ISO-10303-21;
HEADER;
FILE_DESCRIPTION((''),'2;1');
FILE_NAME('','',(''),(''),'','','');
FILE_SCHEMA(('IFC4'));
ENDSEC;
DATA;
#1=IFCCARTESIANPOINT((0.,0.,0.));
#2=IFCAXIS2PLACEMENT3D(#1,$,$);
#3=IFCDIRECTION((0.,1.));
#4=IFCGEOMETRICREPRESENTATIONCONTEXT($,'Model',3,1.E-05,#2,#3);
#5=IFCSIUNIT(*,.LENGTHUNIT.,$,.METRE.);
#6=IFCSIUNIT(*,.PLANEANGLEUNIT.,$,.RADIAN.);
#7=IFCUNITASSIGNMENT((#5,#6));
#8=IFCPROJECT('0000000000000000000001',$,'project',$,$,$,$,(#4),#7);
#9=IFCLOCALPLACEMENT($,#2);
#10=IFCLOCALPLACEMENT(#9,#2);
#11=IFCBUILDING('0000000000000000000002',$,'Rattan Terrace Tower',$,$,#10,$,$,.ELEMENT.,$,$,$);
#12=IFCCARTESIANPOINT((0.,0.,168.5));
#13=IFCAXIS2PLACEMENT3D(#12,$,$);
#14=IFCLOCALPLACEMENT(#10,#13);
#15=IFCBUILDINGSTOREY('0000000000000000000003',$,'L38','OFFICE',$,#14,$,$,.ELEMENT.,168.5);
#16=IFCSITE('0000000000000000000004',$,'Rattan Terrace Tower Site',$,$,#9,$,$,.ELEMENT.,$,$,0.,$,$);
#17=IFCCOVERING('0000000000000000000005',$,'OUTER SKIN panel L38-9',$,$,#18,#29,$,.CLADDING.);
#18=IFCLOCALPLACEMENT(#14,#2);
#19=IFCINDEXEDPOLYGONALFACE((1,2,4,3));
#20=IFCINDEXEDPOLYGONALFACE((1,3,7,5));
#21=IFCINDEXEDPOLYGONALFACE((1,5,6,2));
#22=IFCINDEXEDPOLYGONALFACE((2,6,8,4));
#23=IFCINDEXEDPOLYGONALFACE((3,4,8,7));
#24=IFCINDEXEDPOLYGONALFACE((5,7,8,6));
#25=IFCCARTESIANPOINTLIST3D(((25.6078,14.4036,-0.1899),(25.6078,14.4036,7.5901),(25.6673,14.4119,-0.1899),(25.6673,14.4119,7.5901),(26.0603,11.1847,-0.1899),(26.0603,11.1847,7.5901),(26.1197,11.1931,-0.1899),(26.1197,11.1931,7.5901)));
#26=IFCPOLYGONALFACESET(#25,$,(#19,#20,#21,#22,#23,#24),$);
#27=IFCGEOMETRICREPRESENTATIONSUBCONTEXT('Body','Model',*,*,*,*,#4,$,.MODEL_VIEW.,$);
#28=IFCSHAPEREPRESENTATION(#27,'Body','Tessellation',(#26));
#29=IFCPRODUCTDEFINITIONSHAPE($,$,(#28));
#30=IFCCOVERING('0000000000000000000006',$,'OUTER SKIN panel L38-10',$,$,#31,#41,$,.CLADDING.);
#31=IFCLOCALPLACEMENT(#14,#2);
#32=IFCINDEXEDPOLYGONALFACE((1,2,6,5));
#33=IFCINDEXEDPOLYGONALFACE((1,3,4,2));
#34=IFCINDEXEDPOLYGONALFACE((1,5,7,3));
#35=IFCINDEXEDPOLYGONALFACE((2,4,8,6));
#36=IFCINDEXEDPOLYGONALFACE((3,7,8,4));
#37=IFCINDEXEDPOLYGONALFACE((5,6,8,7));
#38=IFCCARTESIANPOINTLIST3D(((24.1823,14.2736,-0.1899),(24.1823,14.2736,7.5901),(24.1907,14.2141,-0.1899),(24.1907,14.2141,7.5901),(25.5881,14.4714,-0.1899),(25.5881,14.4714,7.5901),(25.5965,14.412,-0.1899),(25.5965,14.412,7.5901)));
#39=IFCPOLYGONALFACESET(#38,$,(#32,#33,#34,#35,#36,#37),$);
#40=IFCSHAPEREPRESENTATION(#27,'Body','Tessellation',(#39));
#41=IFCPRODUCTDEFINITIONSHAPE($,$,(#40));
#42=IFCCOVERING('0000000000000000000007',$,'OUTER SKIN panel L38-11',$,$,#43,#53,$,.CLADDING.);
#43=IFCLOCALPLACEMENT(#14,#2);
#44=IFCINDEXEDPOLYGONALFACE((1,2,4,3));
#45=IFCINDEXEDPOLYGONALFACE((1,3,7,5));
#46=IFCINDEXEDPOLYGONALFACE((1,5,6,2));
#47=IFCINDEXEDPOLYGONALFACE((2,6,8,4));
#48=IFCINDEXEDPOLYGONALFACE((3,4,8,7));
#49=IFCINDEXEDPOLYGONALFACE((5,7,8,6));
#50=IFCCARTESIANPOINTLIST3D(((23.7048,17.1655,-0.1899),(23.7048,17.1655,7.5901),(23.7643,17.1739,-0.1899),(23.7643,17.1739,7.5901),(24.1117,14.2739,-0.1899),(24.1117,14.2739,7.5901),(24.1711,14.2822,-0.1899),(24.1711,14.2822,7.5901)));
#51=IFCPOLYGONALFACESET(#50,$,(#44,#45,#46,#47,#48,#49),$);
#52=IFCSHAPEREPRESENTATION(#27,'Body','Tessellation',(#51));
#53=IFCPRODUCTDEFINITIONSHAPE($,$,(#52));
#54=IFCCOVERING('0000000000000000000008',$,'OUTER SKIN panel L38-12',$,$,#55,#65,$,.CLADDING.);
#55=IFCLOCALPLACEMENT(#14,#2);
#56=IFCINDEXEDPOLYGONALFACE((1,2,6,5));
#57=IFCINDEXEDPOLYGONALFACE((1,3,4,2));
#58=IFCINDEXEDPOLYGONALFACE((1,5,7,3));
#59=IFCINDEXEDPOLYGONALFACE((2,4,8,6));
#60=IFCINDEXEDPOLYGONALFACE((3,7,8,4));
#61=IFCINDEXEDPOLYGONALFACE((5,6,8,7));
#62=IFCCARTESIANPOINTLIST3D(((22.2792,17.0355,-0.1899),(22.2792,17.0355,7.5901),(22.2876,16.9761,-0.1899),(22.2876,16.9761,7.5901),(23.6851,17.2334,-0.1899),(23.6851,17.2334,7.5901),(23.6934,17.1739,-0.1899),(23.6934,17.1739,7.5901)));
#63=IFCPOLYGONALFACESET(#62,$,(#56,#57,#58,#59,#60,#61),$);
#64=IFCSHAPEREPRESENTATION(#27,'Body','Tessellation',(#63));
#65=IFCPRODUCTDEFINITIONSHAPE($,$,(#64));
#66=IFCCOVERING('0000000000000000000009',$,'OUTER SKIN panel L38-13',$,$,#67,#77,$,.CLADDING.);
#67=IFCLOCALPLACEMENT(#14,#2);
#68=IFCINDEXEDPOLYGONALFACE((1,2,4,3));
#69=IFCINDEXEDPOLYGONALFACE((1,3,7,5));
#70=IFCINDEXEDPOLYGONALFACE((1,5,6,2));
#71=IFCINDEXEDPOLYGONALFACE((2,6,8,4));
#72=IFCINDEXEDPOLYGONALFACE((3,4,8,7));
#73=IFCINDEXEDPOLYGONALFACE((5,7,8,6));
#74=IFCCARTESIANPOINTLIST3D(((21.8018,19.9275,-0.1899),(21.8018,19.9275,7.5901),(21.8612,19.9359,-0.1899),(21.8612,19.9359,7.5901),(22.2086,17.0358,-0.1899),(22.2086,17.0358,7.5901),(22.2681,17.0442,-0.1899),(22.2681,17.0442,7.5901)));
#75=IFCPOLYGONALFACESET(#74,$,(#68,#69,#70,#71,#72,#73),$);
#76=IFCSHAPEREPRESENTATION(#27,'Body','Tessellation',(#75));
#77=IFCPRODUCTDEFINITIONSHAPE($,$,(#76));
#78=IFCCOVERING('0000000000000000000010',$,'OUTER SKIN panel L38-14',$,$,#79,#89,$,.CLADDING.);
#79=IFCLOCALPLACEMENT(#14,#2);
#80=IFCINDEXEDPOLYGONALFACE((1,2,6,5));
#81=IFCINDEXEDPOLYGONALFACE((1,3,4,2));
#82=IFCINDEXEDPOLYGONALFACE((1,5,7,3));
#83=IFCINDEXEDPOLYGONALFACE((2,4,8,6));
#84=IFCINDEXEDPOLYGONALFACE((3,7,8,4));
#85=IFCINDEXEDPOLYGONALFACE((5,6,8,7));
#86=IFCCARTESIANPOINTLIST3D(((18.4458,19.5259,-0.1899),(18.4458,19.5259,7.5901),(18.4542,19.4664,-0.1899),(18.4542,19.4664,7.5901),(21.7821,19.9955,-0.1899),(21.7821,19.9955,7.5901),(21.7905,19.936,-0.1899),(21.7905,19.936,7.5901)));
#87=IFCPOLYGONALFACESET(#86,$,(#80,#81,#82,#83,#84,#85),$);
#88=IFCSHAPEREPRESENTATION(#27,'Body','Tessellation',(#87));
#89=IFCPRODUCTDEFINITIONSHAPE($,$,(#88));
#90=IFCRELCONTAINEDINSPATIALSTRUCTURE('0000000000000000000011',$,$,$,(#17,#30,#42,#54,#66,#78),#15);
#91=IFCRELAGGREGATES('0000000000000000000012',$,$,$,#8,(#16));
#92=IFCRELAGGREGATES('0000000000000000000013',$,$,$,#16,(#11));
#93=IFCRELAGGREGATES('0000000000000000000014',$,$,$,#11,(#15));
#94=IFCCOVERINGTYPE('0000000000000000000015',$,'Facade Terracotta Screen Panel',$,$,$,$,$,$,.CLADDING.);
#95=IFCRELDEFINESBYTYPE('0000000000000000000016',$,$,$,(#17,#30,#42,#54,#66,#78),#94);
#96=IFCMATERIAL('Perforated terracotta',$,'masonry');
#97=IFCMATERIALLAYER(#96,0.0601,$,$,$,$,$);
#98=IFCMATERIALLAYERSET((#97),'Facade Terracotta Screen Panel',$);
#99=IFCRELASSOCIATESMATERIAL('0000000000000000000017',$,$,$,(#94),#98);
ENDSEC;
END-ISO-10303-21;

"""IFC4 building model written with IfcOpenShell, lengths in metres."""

from ifc_helpers import new_model, si_unit, direction, frame, origin, origin_2d, place, context, subcontext, project, spatial, rectangle, extrude, material, layer, layer_set, type_object, element, save


model = new_model("IFC4")

# Units and contexts
model_context = context("Model", 3, precision=1e-05, world=origin(), true_north=direction((0.0, 1.0)))
body_context = subcontext(model_context, "Body", "Model", "MODEL_VIEW")
ifc_project = project(units=[si_unit("LENGTHUNIT", "METRE"), si_unit("PLANEANGLEUNIT", "RADIAN")], contexts=[model_context])

# Site, building, storey
site_placement = place(None, origin())
site = spatial("IfcSite", under=ifc_project, at=site_placement, Name="Rattan Terrace Tower Site", CompositionType="ELEMENT", RefElevation=0.0)
building_placement = place(site_placement, origin())
building = spatial("IfcBuilding", under=site, at=building_placement, Name="Rattan Terrace Tower", CompositionType="ELEMENT")
storey_placement = place(building_placement, frame((0.0, 0.0, 168.5)))
storey = spatial("IfcBuildingStorey", under=building, at=storey_placement, Name="L38", Description="OFFICE", CompositionType="ELEMENT", Elevation=168.5)

# Coverings
ifc_material_1 = material(Name="Perforated terracotta", Category="masonry")
ifc_layer_1 = layer(ifc_material_1, 0.0601)
ifc_layer_set_1 = layer_set([ifc_layer_1], Name="Facade Terracotta Screen Panel")
covering_type = type_object("IfcCoveringType", Name="Facade Terracotta Screen Panel", PredefinedType="CLADDING", material=ifc_layer_set_1)
covering_1_placement = place(storey_placement, frame((25.8638, 12.7983, -0.1899), z_axis=(0.0, 0.0, 1.0), x_axis=(-0.139191, 0.990266, 0.0)))
element("IfcCovering", 1, at=covering_1_placement, inside=storey, type_object=covering_type, Name="OUTER SKIN panel L38-9", PredefinedType="CLADDING", context=body_context, shape_type="SweptSolid", body=[
    extrude(rectangle(XDim=3.2505, YDim=0.0601, at=origin_2d()), origin(), (0.0, 0.0, 1.0), 7.78),
])
covering_2_placement = place(storey_placement, frame((24.8894, 14.3428, -0.1899), z_axis=(0.0, 0.0, 1.0), x_axis=(-0.990241, -0.139367, 0.0)))
element("IfcCovering", 2, at=covering_2_placement, inside=storey, type_object=covering_type, Name="OUTER SKIN panel L38-10", PredefinedType="CLADDING", context=body_context, shape_type="SweptSolid", body=[
    extrude(rectangle(XDim=1.4197, YDim=0.0601, at=origin_2d()), origin(), (0.0, 0.0, 1.0), 7.78),
])
covering_3_placement = place(storey_placement, frame((23.938, 15.7239, -0.1899), z_axis=(0.0, 0.0, 1.0), x_axis=(-0.139321, 0.990247, 0.0)))
element("IfcCovering", 3, at=covering_3_placement, inside=storey, type_object=covering_type, Name="OUTER SKIN panel L38-11", PredefinedType="CLADDING", context=body_context, shape_type="SweptSolid", body=[
    extrude(rectangle(XDim=2.9202, YDim=0.0601, at=origin_2d()), origin(), (0.0, 0.0, 1.0), 7.78),
])
covering_4_placement = place(storey_placement, frame((22.9863, 17.1047, -0.1899), z_axis=(0.0, 0.0, 1.0), x_axis=(-0.990241, -0.139367, 0.0)))
element("IfcCovering", 4, at=covering_4_placement, inside=storey, type_object=covering_type, Name="OUTER SKIN panel L38-12", PredefinedType="CLADDING", context=body_context, shape_type="SweptSolid", body=[
    extrude(rectangle(XDim=1.4197, YDim=0.0601, at=origin_2d()), origin(), (0.0, 0.0, 1.0), 7.78),
])
covering_5_placement = place(storey_placement, frame((22.0349, 18.4858, -0.1899), z_axis=(0.0, 0.0, 1.0), x_axis=(-0.139321, 0.990247, 0.0)))
element("IfcCovering", 5, at=covering_5_placement, inside=storey, type_object=covering_type, Name="OUTER SKIN panel L38-13", PredefinedType="CLADDING", context=body_context, shape_type="SweptSolid", body=[
    extrude(rectangle(XDim=2.9202, YDim=0.0601, at=origin_2d()), origin(), (0.0, 0.0, 1.0), 7.78),
])
covering_6_placement = place(storey_placement, frame((20.1182, 19.731, -0.1899), z_axis=(0.0, 0.0, 1.0), x_axis=(-0.990241, -0.139367, 0.0)))
element("IfcCovering", 6, at=covering_6_placement, inside=storey, type_object=covering_type, Name="OUTER SKIN panel L38-14", PredefinedType="CLADDING", context=body_context, shape_type="SweptSolid", body=[
    extrude(rectangle(XDim=3.3691, YDim=0.0601, at=origin_2d()), origin(), (0.0, 0.0, 1.0), 7.78),
])

save(model, "model.ifc")
